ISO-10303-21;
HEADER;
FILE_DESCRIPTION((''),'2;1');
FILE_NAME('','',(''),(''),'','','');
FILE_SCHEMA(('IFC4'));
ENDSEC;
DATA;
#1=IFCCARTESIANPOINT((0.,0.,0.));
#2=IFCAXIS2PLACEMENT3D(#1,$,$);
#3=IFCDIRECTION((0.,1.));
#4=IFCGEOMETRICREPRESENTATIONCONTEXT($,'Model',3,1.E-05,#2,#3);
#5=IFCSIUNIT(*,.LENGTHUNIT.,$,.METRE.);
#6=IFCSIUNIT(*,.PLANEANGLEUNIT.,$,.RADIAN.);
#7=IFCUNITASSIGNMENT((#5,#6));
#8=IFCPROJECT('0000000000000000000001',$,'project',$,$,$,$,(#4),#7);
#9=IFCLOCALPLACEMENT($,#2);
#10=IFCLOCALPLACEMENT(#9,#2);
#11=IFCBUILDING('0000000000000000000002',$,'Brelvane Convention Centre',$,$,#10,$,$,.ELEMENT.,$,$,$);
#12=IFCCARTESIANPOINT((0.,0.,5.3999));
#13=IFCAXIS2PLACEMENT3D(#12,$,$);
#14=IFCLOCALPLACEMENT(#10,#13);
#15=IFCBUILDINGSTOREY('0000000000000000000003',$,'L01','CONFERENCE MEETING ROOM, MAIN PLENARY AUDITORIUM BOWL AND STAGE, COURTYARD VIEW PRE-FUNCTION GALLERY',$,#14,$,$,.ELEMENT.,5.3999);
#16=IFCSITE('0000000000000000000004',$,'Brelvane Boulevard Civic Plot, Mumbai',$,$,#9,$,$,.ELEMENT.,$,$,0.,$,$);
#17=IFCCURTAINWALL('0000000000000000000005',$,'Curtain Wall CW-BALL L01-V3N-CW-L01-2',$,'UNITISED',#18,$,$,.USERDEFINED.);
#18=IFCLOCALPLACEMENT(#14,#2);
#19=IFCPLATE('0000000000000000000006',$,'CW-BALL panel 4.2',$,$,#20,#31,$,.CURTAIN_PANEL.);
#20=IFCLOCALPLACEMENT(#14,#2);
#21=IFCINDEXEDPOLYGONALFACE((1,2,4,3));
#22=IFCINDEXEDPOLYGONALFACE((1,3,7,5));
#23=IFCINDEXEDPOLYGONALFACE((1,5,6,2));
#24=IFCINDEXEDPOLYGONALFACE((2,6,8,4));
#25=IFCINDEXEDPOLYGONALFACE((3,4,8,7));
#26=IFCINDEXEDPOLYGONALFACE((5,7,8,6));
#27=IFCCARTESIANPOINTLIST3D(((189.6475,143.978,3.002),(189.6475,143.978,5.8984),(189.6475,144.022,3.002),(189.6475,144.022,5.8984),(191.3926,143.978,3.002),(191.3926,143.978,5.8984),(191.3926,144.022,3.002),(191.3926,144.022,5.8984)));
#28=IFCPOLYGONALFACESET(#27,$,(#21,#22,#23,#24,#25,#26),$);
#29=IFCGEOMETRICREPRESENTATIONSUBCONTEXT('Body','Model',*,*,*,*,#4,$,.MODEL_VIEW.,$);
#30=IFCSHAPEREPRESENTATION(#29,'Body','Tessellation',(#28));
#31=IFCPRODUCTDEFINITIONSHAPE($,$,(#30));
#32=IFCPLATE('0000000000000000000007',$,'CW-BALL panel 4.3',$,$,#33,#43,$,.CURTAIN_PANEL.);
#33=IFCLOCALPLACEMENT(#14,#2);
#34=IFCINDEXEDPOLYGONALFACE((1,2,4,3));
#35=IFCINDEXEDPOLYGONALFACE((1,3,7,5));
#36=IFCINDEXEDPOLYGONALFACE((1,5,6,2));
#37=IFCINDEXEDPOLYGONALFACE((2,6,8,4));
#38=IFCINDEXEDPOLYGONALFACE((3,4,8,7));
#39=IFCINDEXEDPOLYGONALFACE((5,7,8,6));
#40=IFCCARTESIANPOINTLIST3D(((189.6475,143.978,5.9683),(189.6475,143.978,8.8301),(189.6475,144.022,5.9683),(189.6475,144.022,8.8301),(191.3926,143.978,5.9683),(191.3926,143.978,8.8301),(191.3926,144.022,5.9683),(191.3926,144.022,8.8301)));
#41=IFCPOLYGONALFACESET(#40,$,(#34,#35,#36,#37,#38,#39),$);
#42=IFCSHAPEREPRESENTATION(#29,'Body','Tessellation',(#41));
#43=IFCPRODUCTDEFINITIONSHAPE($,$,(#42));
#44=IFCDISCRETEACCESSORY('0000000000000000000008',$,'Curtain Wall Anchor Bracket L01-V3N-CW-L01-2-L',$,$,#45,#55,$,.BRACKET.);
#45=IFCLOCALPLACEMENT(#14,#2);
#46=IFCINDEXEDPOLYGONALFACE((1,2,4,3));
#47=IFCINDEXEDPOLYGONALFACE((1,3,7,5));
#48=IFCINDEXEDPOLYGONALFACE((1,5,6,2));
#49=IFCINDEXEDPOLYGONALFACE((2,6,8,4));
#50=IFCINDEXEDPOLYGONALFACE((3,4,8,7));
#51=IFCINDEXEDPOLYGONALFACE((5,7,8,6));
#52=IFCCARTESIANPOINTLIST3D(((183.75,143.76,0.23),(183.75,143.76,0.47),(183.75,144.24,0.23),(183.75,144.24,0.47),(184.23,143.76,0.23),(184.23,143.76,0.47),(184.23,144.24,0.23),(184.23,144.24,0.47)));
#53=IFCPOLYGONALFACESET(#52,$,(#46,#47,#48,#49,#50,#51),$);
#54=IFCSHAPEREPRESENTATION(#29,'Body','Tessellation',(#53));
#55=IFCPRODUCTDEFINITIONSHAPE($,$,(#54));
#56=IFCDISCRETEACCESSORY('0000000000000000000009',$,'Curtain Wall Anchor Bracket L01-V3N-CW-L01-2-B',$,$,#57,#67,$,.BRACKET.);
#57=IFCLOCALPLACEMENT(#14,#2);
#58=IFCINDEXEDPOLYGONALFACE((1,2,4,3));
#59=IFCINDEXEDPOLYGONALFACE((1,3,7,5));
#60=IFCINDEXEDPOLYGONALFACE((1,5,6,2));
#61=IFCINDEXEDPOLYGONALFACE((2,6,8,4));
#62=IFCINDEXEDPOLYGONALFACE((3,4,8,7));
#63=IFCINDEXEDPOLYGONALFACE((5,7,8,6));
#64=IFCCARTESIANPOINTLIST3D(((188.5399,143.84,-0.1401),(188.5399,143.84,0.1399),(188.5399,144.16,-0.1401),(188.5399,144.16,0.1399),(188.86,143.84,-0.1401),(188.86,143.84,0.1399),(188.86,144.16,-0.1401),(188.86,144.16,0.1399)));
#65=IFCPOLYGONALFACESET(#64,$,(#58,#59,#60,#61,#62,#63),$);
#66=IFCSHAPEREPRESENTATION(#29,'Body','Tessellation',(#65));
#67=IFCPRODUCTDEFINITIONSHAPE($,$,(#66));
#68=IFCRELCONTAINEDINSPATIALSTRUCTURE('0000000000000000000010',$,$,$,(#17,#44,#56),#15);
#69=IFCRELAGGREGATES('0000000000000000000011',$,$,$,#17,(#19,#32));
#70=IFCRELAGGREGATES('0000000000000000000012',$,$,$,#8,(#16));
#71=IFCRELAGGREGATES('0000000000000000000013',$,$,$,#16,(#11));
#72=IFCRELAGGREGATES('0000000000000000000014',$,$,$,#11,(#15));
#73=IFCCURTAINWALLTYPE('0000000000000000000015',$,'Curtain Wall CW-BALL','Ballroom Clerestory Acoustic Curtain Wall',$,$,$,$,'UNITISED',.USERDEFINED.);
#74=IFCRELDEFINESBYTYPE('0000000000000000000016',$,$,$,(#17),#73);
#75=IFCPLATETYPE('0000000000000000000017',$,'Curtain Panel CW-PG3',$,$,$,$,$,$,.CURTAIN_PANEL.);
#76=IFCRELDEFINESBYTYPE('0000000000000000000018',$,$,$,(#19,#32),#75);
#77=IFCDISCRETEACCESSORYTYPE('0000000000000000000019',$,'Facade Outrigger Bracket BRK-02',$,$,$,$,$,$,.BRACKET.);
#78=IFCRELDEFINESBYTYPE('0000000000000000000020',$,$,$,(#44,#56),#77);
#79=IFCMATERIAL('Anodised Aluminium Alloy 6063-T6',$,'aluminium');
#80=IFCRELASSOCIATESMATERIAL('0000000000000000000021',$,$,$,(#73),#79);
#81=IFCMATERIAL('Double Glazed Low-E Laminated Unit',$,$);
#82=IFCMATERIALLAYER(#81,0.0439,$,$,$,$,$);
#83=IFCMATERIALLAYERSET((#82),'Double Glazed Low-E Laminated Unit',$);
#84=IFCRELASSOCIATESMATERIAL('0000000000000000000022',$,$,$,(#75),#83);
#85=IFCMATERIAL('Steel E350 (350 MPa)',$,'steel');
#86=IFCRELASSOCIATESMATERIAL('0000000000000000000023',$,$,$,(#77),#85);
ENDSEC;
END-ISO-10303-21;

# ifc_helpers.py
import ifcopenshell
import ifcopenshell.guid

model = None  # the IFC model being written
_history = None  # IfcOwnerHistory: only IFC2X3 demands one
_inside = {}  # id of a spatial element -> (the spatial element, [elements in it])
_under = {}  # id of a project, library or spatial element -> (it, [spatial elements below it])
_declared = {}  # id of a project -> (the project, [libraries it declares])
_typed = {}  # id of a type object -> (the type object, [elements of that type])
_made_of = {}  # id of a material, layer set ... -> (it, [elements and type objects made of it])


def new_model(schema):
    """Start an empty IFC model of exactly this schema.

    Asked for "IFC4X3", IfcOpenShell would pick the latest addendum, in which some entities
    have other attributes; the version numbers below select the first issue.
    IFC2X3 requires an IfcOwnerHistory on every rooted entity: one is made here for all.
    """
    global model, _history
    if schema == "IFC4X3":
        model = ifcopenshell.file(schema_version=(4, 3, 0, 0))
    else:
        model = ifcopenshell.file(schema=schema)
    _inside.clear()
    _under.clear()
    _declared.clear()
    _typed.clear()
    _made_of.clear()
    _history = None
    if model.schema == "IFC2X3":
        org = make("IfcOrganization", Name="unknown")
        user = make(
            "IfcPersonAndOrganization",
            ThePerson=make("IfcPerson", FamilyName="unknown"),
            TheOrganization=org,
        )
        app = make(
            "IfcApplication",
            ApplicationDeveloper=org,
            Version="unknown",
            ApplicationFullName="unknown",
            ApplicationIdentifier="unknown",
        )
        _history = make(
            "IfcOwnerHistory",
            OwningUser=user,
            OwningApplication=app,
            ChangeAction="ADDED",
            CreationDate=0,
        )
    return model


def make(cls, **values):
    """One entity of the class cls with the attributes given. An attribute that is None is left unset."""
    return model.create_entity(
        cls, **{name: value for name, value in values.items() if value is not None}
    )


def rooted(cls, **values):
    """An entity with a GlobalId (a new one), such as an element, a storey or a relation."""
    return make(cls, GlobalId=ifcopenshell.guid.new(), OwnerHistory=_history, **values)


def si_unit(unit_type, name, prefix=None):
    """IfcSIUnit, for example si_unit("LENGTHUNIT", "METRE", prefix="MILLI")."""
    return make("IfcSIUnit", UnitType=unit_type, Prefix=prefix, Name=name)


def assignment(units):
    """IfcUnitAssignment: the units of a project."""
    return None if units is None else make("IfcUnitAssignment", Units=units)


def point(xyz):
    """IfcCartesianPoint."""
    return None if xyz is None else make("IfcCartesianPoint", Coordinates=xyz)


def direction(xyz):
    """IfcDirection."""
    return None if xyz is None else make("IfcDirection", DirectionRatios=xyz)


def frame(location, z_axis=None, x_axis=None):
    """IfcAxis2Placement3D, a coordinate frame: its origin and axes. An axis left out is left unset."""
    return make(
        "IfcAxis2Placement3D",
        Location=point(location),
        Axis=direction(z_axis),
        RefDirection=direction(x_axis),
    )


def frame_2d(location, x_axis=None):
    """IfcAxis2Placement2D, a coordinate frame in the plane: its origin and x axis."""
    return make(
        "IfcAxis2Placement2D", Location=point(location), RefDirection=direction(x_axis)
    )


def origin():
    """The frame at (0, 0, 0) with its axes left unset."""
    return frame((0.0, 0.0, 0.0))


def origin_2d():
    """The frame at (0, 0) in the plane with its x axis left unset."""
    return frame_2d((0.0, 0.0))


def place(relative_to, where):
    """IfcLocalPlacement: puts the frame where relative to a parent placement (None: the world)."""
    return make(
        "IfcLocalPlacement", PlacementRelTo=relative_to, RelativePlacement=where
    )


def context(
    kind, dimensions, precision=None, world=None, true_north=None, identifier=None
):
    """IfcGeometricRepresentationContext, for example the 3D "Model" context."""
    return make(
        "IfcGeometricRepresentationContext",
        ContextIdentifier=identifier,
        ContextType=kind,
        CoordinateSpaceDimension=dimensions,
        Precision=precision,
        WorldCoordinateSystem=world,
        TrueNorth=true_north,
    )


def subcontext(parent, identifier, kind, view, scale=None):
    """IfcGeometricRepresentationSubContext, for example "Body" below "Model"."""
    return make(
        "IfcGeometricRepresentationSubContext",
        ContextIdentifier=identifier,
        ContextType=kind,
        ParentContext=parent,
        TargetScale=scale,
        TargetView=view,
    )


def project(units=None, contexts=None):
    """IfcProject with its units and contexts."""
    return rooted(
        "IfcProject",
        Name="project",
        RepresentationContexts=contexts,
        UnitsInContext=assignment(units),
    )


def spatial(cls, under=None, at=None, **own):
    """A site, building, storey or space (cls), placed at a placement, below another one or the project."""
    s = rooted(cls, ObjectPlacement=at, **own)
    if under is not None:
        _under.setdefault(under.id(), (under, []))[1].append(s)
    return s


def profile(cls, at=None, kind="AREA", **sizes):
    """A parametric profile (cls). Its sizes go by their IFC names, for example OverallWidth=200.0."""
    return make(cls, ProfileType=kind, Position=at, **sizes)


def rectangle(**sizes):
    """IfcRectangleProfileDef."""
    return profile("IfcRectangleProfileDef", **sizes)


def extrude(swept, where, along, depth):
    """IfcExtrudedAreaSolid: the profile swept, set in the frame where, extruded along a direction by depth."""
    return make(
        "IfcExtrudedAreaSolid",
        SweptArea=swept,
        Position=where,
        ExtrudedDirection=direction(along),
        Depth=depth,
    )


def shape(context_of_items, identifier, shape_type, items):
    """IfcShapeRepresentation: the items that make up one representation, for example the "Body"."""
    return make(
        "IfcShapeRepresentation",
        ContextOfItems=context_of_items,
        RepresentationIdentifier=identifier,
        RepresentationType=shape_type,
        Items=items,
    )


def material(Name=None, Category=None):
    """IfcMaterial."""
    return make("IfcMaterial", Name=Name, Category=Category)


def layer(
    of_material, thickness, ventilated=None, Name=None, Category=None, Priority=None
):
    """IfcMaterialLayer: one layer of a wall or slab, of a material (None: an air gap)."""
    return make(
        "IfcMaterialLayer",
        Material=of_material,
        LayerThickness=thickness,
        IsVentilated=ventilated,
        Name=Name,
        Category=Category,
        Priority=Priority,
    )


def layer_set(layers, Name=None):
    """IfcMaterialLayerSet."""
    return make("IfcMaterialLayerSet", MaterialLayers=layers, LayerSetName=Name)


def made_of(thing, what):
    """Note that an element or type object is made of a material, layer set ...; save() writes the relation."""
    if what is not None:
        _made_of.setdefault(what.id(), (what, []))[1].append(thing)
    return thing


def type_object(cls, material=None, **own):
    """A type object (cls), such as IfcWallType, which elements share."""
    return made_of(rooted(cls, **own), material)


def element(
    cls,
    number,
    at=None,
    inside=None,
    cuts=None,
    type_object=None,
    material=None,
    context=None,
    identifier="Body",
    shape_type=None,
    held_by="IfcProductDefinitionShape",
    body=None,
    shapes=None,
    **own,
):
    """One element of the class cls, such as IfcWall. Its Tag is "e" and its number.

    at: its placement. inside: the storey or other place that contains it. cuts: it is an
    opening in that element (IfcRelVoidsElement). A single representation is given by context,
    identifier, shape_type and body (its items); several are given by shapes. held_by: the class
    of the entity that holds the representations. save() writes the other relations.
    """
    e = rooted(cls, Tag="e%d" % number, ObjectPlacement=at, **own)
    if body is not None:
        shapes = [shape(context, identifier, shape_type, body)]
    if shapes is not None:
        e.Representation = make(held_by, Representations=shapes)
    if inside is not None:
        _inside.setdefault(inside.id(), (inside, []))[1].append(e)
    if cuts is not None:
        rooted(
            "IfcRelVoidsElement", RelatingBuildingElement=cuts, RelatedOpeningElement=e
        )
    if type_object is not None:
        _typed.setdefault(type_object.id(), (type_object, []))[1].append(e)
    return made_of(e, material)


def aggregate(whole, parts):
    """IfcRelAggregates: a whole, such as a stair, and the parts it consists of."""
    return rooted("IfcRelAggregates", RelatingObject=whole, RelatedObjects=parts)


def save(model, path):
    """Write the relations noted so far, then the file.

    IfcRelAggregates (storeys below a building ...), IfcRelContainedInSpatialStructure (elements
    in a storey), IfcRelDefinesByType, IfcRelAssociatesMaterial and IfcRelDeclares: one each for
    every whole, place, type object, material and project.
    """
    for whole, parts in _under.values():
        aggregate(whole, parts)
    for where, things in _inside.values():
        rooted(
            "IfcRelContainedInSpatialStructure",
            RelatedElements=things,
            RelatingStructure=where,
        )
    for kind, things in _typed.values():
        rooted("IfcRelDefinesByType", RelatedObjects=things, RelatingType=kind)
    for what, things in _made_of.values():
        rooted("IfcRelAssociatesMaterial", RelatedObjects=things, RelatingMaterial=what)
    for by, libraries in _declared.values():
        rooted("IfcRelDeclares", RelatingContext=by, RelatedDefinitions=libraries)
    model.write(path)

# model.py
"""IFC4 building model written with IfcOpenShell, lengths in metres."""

from ifc_helpers import new_model, si_unit, direction, frame, origin, origin_2d, place, context, subcontext, project, spatial, rectangle, extrude, material, layer, layer_set, type_object, element, aggregate, save


model = new_model("IFC4")

# Units and contexts
model_context = context("Model", 3, precision=1e-05, world=origin(), true_north=direction((0.0, 1.0)))
body_context = subcontext(model_context, "Body", "Model", "MODEL_VIEW")
ifc_project = project(units=[si_unit("LENGTHUNIT", "METRE"), si_unit("PLANEANGLEUNIT", "RADIAN")], contexts=[model_context])

# Site, building, storey
site_placement = place(None, origin())
site = spatial("IfcSite", under=ifc_project, at=site_placement, Name="Brelvane Boulevard Civic Plot, Mumbai", CompositionType="ELEMENT", RefElevation=0.0)
building_placement = place(site_placement, origin())
building = spatial("IfcBuilding", under=site, at=building_placement, Name="Brelvane Convention Centre", CompositionType="ELEMENT")
storey_placement = place(building_placement, frame((0.0, 0.0, 5.3999)))
storey = spatial("IfcBuildingStorey", under=building, at=storey_placement, Name="L01", Description="CONFERENCE MEETING ROOM, MAIN PLENARY AUDITORIUM BOWL AND STAGE, COURTYARD VIEW PRE-FUNCTION GALLERY", CompositionType="ELEMENT", Elevation=5.3999)

# Curtain wall, plates
ifc_material_1 = material(Name="Anodised Aluminium Alloy 6063-T6", Category="aluminium")
curtain_wall_type = type_object("IfcCurtainWallType", Name="Curtain Wall CW-BALL", Description="Ballroom Clerestory Acoustic Curtain Wall", ElementType="UNITISED", PredefinedType="USERDEFINED", material=ifc_material_1)
curtain_wall_placement = place(storey_placement, origin())
curtain_wall = element("IfcCurtainWall", 1, at=curtain_wall_placement, inside=storey, type_object=curtain_wall_type, Name="Curtain Wall CW-BALL L01-V3N-CW-L01-2", ObjectType="UNITISED", PredefinedType="USERDEFINED")
ifc_material_2 = material(Name="Double Glazed Low-E Laminated Unit")
ifc_layer = layer(ifc_material_2, 0.0439)
ifc_layer_set = layer_set([ifc_layer], Name="Double Glazed Low-E Laminated Unit")
plate_type = type_object("IfcPlateType", Name="Curtain Panel CW-PG3", PredefinedType="CURTAIN_PANEL", material=ifc_layer_set)
plate_1_placement = place(storey_placement, frame((190.52, 144.0, 3.002), z_axis=(0.0, 0.0, 1.0), x_axis=(1.0, 0.0, 0.0)))
plate_1 = element("IfcPlate", 2, at=plate_1_placement, type_object=plate_type, Name="CW-BALL panel 4.2", PredefinedType="CURTAIN_PANEL", context=body_context, shape_type="SweptSolid", body=[
    extrude(rectangle(XDim=1.7451, YDim=0.0439, at=origin_2d()), origin(), (0.0, 0.0, 1.0), 2.8965),
])
plate_2_placement = place(storey_placement, frame((190.52, 144.0, 5.9683), z_axis=(0.0, 0.0, 1.0), x_axis=(1.0, 0.0, 0.0)))
plate_2 = element("IfcPlate", 3, at=plate_2_placement, type_object=plate_type, Name="CW-BALL panel 4.3", PredefinedType="CURTAIN_PANEL", context=body_context, shape_type="SweptSolid", body=[
    extrude(rectangle(XDim=1.7451, YDim=0.0439, at=origin_2d()), origin(), (0.0, 0.0, 1.0), 2.8618),
])
aggregate(curtain_wall, [plate_1, plate_2])

# Discrete accessories
ifc_material_3 = material(Name="Steel E350 (350 MPa)", Category="steel")
discrete_accessory_type = type_object("IfcDiscreteAccessoryType", Name="Facade Outrigger Bracket BRK-02", PredefinedType="BRACKET", material=ifc_material_3)
discrete_accessory_1_placement = place(storey_placement, frame((183.99, 144.0, 0.23), z_axis=(0.0, 0.0, 1.0), x_axis=(1.0, 0.0, 0.0)))
element("IfcDiscreteAccessory", 4, at=discrete_accessory_1_placement, inside=storey, type_object=discrete_accessory_type, Name="Curtain Wall Anchor Bracket L01-V3N-CW-L01-2-L", PredefinedType="BRACKET", context=body_context, shape_type="SweptSolid", body=[
    extrude(rectangle(XDim=0.48, YDim=0.48, at=origin_2d()), origin(), (0.0, 0.0, 1.0), 0.24),
])
discrete_accessory_2_placement = place(storey_placement, frame((188.7, 144.0, -0.1401), z_axis=(0.0, 0.0, 1.0), x_axis=(1.0, 0.0, 0.0)))
element("IfcDiscreteAccessory", 5, at=discrete_accessory_2_placement, inside=storey, type_object=discrete_accessory_type, Name="Curtain Wall Anchor Bracket L01-V3N-CW-L01-2-B", PredefinedType="BRACKET", context=body_context, shape_type="SweptSolid", body=[
    extrude(rectangle(XDim=0.3201, YDim=0.3201, at=origin_2d()), origin(), (0.0, 0.0, 1.0), 0.28),
])

save(model, "model.ifc")
